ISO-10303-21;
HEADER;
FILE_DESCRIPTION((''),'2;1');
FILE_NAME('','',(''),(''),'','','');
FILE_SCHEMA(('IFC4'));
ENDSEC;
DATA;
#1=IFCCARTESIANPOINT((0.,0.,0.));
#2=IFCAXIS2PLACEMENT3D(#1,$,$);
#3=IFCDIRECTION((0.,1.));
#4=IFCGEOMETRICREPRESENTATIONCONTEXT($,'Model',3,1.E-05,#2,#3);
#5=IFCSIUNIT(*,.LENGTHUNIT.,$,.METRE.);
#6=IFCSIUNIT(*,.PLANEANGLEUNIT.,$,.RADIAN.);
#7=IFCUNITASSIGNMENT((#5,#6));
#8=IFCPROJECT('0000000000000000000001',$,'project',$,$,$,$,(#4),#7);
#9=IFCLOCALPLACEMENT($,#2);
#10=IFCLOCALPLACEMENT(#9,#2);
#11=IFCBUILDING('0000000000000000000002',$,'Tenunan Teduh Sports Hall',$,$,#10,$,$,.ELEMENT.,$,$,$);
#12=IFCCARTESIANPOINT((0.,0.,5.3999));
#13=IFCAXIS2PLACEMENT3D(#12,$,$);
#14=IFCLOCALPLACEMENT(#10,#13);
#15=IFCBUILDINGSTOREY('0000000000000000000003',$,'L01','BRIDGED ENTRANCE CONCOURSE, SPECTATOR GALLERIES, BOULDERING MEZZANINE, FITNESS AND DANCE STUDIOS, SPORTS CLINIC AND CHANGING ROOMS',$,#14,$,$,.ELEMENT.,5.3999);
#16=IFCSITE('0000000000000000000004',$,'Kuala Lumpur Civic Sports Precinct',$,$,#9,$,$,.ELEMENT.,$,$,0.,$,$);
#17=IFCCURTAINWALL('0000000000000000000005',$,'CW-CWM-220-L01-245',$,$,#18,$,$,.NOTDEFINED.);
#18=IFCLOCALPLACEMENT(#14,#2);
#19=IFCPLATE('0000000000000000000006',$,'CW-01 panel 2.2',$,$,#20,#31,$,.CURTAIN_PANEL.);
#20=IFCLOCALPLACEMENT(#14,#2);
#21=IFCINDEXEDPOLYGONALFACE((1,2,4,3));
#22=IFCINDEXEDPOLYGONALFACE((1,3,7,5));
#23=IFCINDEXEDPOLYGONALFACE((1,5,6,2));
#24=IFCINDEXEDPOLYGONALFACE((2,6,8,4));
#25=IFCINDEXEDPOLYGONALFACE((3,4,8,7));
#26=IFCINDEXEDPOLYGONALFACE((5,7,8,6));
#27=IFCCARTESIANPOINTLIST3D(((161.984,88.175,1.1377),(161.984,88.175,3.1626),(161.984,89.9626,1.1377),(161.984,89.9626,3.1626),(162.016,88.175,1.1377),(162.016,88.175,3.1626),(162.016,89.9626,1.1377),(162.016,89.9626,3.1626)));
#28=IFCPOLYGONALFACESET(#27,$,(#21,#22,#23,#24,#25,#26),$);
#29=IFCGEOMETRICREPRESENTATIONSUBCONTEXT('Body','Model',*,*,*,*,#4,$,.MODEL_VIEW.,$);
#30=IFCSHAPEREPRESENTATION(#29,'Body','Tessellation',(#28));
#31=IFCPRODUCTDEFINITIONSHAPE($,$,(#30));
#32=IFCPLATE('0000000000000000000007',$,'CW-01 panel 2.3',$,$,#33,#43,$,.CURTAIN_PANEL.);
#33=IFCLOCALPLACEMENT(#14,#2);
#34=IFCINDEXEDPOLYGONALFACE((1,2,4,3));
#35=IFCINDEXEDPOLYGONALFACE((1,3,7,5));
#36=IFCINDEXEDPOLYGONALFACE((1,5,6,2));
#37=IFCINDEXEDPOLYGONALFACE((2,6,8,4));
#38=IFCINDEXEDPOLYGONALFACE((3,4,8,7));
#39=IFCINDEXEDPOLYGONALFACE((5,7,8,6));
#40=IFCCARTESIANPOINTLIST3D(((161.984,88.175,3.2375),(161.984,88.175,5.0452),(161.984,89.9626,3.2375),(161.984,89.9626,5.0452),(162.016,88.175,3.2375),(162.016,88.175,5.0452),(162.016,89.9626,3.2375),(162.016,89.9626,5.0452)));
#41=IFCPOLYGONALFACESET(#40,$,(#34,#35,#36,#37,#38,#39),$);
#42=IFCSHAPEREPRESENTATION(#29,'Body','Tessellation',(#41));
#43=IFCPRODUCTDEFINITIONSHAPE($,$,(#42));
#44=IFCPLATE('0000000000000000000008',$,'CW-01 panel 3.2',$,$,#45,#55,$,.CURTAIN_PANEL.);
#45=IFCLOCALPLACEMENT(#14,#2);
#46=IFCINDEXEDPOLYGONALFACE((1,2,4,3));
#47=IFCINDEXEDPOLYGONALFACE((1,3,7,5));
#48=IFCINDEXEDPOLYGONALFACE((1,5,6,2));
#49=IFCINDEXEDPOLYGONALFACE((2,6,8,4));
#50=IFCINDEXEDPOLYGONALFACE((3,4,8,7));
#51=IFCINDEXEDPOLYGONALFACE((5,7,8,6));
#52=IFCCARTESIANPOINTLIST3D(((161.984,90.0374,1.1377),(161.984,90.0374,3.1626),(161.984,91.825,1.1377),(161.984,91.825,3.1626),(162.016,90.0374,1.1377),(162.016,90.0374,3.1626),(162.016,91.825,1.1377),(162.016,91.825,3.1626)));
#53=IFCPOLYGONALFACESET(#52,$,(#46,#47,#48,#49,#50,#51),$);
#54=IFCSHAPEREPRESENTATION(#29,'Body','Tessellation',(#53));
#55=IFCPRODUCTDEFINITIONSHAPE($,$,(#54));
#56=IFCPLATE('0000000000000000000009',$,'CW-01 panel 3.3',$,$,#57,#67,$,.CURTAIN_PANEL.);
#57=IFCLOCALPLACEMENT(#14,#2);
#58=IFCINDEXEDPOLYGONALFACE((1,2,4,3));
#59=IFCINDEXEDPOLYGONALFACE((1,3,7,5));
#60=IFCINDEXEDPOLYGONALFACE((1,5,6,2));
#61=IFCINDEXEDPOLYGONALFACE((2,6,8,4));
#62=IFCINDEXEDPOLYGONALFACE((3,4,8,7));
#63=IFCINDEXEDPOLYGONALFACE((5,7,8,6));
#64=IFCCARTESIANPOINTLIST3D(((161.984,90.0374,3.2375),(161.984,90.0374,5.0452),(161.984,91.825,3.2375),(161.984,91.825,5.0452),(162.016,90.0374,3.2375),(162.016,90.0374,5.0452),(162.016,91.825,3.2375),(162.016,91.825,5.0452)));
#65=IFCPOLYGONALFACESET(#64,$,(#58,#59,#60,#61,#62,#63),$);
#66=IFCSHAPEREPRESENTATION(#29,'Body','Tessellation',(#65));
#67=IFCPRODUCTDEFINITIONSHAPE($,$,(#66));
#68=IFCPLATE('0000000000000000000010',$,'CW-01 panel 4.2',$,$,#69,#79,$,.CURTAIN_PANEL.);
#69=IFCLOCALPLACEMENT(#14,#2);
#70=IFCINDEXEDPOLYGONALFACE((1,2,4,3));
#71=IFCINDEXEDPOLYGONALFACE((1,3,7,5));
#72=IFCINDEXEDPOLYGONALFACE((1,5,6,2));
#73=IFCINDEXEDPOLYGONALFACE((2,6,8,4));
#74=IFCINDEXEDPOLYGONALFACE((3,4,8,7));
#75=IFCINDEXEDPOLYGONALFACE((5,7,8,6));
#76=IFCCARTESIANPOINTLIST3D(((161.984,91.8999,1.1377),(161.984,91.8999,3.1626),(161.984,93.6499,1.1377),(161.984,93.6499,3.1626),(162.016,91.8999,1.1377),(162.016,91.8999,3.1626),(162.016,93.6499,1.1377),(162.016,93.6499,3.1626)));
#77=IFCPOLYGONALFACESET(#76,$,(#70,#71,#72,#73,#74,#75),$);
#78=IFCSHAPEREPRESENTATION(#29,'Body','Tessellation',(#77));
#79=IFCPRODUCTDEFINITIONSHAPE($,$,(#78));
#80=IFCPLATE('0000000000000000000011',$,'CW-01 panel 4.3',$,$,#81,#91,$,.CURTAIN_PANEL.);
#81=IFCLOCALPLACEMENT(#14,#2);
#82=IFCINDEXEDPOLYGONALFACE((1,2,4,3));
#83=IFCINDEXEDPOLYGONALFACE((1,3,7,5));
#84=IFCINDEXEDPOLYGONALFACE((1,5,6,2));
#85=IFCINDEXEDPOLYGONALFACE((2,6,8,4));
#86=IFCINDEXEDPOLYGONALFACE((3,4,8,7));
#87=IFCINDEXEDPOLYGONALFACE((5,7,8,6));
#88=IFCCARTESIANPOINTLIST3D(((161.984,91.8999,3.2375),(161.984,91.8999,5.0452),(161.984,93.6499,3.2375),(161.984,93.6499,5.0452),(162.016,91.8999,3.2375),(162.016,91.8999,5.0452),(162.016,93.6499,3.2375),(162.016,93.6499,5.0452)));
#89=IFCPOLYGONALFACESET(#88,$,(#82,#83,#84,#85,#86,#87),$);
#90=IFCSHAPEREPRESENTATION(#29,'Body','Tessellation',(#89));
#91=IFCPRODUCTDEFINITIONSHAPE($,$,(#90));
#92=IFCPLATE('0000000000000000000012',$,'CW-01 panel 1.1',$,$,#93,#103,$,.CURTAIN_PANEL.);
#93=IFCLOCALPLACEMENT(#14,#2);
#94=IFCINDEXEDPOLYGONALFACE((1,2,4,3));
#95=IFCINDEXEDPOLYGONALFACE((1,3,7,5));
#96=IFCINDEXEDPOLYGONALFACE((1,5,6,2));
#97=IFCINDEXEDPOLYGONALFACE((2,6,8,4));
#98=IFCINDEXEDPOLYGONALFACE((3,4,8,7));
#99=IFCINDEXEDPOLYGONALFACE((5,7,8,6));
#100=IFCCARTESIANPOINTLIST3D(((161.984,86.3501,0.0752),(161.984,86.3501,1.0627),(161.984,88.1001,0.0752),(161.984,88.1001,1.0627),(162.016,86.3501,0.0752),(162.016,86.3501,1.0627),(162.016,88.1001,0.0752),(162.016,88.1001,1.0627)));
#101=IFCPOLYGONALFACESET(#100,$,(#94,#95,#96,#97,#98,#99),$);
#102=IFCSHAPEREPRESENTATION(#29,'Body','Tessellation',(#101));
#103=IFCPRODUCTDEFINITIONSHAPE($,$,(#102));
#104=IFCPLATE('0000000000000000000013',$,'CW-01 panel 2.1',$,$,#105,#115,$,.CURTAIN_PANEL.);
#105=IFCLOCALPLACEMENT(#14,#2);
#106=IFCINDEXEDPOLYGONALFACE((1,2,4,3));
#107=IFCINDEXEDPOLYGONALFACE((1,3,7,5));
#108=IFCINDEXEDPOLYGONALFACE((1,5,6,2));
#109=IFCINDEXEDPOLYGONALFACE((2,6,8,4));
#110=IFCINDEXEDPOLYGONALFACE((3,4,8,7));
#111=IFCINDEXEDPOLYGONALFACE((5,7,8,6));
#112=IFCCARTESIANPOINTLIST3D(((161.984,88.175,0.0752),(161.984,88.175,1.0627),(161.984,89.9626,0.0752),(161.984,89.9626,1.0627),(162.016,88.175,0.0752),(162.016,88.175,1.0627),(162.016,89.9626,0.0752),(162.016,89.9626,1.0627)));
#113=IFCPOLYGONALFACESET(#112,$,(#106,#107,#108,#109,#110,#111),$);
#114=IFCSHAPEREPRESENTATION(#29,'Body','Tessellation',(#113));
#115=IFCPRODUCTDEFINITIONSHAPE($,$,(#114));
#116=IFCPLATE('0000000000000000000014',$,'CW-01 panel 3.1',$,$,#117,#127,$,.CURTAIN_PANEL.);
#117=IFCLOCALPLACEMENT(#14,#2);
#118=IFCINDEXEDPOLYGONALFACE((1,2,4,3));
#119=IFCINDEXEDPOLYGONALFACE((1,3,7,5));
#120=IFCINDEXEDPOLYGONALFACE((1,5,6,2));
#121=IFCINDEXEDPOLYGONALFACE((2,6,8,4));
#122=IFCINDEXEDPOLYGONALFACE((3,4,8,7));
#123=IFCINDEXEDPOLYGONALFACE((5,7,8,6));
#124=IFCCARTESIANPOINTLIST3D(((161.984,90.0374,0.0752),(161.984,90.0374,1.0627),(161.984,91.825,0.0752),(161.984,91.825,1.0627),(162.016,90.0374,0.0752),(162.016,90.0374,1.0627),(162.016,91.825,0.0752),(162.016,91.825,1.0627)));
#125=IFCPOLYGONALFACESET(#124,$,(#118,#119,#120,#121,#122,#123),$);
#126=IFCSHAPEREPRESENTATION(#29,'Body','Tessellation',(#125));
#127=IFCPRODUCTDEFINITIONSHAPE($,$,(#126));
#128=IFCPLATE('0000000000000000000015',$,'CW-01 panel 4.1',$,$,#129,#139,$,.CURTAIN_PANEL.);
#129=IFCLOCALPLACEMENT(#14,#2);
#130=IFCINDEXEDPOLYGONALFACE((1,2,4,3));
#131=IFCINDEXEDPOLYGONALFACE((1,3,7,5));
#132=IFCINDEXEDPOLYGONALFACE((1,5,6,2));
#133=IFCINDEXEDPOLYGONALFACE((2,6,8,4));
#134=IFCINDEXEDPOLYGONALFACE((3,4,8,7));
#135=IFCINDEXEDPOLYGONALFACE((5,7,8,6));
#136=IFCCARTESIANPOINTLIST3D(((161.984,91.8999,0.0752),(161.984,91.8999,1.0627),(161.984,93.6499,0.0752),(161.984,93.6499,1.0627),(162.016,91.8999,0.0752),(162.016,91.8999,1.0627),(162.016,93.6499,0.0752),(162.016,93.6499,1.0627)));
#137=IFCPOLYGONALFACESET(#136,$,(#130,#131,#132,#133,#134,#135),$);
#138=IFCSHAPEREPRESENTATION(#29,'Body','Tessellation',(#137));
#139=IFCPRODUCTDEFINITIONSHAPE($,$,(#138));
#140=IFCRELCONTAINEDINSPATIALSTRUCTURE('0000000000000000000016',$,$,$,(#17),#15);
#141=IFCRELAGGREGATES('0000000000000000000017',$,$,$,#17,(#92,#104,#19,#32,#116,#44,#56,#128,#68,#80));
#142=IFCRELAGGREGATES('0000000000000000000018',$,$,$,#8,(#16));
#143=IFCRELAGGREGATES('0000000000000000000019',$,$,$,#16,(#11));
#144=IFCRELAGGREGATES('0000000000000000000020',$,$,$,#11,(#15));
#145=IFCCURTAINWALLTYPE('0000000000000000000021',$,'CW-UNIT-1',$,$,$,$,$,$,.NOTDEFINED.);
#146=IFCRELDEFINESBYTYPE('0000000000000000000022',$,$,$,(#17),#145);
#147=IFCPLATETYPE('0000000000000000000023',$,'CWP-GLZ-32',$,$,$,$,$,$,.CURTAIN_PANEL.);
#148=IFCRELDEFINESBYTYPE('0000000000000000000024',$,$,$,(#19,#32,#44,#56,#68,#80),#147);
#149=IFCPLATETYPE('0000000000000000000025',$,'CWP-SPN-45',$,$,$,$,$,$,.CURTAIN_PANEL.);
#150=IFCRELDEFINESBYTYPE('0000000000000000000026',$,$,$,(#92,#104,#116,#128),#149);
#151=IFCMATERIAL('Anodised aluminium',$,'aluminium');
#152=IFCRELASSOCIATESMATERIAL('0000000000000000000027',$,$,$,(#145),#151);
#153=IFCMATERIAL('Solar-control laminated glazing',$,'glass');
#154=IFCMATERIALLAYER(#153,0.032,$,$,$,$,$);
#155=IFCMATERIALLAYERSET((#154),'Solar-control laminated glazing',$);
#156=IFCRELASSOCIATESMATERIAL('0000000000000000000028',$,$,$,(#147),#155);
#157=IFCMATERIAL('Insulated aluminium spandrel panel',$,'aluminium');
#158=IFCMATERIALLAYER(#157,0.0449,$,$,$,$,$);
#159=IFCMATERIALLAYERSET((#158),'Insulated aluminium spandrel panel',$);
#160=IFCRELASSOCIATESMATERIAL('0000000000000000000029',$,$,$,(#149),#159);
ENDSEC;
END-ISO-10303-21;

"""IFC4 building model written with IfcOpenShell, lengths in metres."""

from ifc_helpers import new_model, si_unit, direction, frame, origin, origin_2d, place, context, subcontext, project, spatial, rectangle, extrude, material, layer, layer_set, type_object, element, aggregate, save


model = new_model("IFC4")

# Units and contexts
model_context = context("Model", 3, precision=1e-05, world=origin(), true_north=direction((0.0, 1.0)))
body_context = subcontext(model_context, "Body", "Model", "MODEL_VIEW")
ifc_project = project(units=[si_unit("LENGTHUNIT", "METRE"), si_unit("PLANEANGLEUNIT", "RADIAN")], contexts=[model_context])

# Site, building, storey
site_placement = place(None, origin())
site = spatial("IfcSite", under=ifc_project, at=site_placement, Name="Kuala Lumpur Civic Sports Precinct", CompositionType="ELEMENT", RefElevation=0.0)
building_placement = place(site_placement, origin())
building = spatial("IfcBuilding", under=site, at=building_placement, Name="Tenunan Teduh Sports Hall", CompositionType="ELEMENT")
storey_placement = place(building_placement, frame((0.0, 0.0, 5.3999)))
storey = spatial("IfcBuildingStorey", under=building, at=storey_placement, Name="L01", Description="BRIDGED ENTRANCE CONCOURSE, SPECTATOR GALLERIES, BOULDERING MEZZANINE, FITNESS AND DANCE STUDIOS, SPORTS CLINIC AND CHANGING ROOMS", CompositionType="ELEMENT", Elevation=5.3999)

# Curtain wall
ifc_material_1 = material(Name="Anodised aluminium", Category="aluminium")
curtain_wall_type = type_object("IfcCurtainWallType", Name="CW-UNIT-1", PredefinedType="NOTDEFINED", material=ifc_material_1)
curtain_wall_placement = place(storey_placement, origin())
curtain_wall = element("IfcCurtainWall", 1, at=curtain_wall_placement, inside=storey, type_object=curtain_wall_type, Name="CW-CWM-220-L01-245", PredefinedType="NOTDEFINED")

# Plates
ifc_material_2 = material(Name="Solar-control laminated glazing", Category="glass")
ifc_layer_1 = layer(ifc_material_2, 0.032)
ifc_layer_set_1 = layer_set([ifc_layer_1], Name="Solar-control laminated glazing")
plate_type_1 = type_object("IfcPlateType", Name="CWP-GLZ-32", PredefinedType="CURTAIN_PANEL", material=ifc_layer_set_1)
plate_1_placement = place(storey_placement, frame((162.0, 89.0688, 1.1377), z_axis=(0.0, 0.0, 1.0), x_axis=(0.0, 1.0, 0.0)))
plate_1 = element("IfcPlate", 2, at=plate_1_placement, type_object=plate_type_1, Name="CW-01 panel 2.2", PredefinedType="CURTAIN_PANEL", context=body_context, shape_type="SweptSolid", body=[
    extrude(rectangle(XDim=1.7876, YDim=0.032, at=origin_2d()), origin(), (0.0, 0.0, 1.0), 2.0249),
])
plate_2_placement = place(storey_placement, frame((162.0, 89.0688, 3.2375), z_axis=(0.0, 0.0, 1.0), x_axis=(0.0, 1.0, 0.0)))
plate_2 = element("IfcPlate", 3, at=plate_2_placement, type_object=plate_type_1, Name="CW-01 panel 2.3", PredefinedType="CURTAIN_PANEL", context=body_context, shape_type="SweptSolid", body=[
    extrude(rectangle(XDim=1.7876, YDim=0.032, at=origin_2d()), origin(), (0.0, 0.0, 1.0), 1.8076),
])
plate_3_placement = place(storey_placement, frame((162.0, 90.9312, 1.1377), z_axis=(0.0, 0.0, 1.0), x_axis=(0.0, 1.0, 0.0)))
plate_3 = element("IfcPlate", 4, at=plate_3_placement, type_object=plate_type_1, Name="CW-01 panel 3.2", PredefinedType="CURTAIN_PANEL", context=body_context, shape_type="SweptSolid", body=[
    extrude(rectangle(XDim=1.7876, YDim=0.032, at=origin_2d()), origin(), (0.0, 0.0, 1.0), 2.0249),
])
plate_4_placement = place(storey_placement, frame((162.0, 90.9312, 3.2375), z_axis=(0.0, 0.0, 1.0), x_axis=(0.0, 1.0, 0.0)))
plate_4 = element("IfcPlate", 5, at=plate_4_placement, type_object=plate_type_1, Name="CW-01 panel 3.3", PredefinedType="CURTAIN_PANEL", context=body_context, shape_type="SweptSolid", body=[
    extrude(rectangle(XDim=1.7876, YDim=0.032, at=origin_2d()), origin(), (0.0, 0.0, 1.0), 1.8076),
])
plate_5_placement = place(storey_placement, frame((162.0, 92.7749, 1.1377), z_axis=(0.0, 0.0, 1.0), x_axis=(0.0, 1.0, 0.0)))
plate_5 = element("IfcPlate", 6, at=plate_5_placement, type_object=plate_type_1, Name="CW-01 panel 4.2", PredefinedType="CURTAIN_PANEL", context=body_context, shape_type="SweptSolid", body=[
    extrude(rectangle(XDim=1.75, YDim=0.032, at=origin_2d()), origin(), (0.0, 0.0, 1.0), 2.0249),
])
plate_6_placement = place(storey_placement, frame((162.0, 92.7749, 3.2375), z_axis=(0.0, 0.0, 1.0), x_axis=(0.0, 1.0, 0.0)))
plate_6 = element("IfcPlate", 7, at=plate_6_placement, type_object=plate_type_1, Name="CW-01 panel 4.3", PredefinedType="CURTAIN_PANEL", context=body_context, shape_type="SweptSolid", body=[
    extrude(rectangle(XDim=1.75, YDim=0.032, at=origin_2d()), origin(), (0.0, 0.0, 1.0), 1.8076),
])
ifc_material_3 = material(Name="Insulated aluminium spandrel panel", Category="aluminium")
ifc_layer_2 = layer(ifc_material_3, 0.0449)
ifc_layer_set_2 = layer_set([ifc_layer_2], Name="Insulated aluminium spandrel panel")
plate_type_2 = type_object("IfcPlateType", Name="CWP-SPN-45", PredefinedType="CURTAIN_PANEL", material=ifc_layer_set_2)
plate_7_placement = place(storey_placement, frame((162.0, 87.2251, 0.0752), z_axis=(0.0, 0.0, 1.0), x_axis=(0.0, 1.0, 0.0)))
plate_7 = element("IfcPlate", 8, at=plate_7_placement, type_object=plate_type_2, Name="CW-01 panel 1.1", PredefinedType="CURTAIN_PANEL", context=body_context, shape_type="SweptSolid", body=[
    extrude(rectangle(XDim=1.75, YDim=0.032, at=origin_2d()), origin(), (0.0, 0.0, 1.0), 0.9875),
])
plate_8_placement = place(storey_placement, frame((162.0, 89.0688, 0.0752), z_axis=(0.0, 0.0, 1.0), x_axis=(0.0, 1.0, 0.0)))
plate_8 = element("IfcPlate", 9, at=plate_8_placement, type_object=plate_type_2, Name="CW-01 panel 2.1", PredefinedType="CURTAIN_PANEL", context=body_context, shape_type="SweptSolid", body=[
    extrude(rectangle(XDim=1.7876, YDim=0.032, at=origin_2d()), origin(), (0.0, 0.0, 1.0), 0.9875),
])
plate_9_placement = place(storey_placement, frame((162.0, 90.9312, 0.0752), z_axis=(0.0, 0.0, 1.0), x_axis=(0.0, 1.0, 0.0)))
plate_9 = element("IfcPlate", 10, at=plate_9_placement, type_object=plate_type_2, Name="CW-01 panel 3.1", PredefinedType="CURTAIN_PANEL", context=body_context, shape_type="SweptSolid", body=[
    extrude(rectangle(XDim=1.7876, YDim=0.032, at=origin_2d()), origin(), (0.0, 0.0, 1.0), 0.9875),
])
plate_10_placement = place(storey_placement, frame((162.0, 92.7749, 0.0752), z_axis=(0.0, 0.0, 1.0), x_axis=(0.0, 1.0, 0.0)))
plate_10 = element("IfcPlate", 11, at=plate_10_placement, type_object=plate_type_2, Name="CW-01 panel 4.1", PredefinedType="CURTAIN_PANEL", context=body_context, shape_type="SweptSolid", body=[
    extrude(rectangle(XDim=1.75, YDim=0.032, at=origin_2d()), origin(), (0.0, 0.0, 1.0), 0.9875),
])
aggregate(curtain_wall, [plate_7, plate_8, plate_1, plate_2, plate_9, plate_3, plate_4, plate_10, plate_5, plate_6])

save(model, "model.ifc")
